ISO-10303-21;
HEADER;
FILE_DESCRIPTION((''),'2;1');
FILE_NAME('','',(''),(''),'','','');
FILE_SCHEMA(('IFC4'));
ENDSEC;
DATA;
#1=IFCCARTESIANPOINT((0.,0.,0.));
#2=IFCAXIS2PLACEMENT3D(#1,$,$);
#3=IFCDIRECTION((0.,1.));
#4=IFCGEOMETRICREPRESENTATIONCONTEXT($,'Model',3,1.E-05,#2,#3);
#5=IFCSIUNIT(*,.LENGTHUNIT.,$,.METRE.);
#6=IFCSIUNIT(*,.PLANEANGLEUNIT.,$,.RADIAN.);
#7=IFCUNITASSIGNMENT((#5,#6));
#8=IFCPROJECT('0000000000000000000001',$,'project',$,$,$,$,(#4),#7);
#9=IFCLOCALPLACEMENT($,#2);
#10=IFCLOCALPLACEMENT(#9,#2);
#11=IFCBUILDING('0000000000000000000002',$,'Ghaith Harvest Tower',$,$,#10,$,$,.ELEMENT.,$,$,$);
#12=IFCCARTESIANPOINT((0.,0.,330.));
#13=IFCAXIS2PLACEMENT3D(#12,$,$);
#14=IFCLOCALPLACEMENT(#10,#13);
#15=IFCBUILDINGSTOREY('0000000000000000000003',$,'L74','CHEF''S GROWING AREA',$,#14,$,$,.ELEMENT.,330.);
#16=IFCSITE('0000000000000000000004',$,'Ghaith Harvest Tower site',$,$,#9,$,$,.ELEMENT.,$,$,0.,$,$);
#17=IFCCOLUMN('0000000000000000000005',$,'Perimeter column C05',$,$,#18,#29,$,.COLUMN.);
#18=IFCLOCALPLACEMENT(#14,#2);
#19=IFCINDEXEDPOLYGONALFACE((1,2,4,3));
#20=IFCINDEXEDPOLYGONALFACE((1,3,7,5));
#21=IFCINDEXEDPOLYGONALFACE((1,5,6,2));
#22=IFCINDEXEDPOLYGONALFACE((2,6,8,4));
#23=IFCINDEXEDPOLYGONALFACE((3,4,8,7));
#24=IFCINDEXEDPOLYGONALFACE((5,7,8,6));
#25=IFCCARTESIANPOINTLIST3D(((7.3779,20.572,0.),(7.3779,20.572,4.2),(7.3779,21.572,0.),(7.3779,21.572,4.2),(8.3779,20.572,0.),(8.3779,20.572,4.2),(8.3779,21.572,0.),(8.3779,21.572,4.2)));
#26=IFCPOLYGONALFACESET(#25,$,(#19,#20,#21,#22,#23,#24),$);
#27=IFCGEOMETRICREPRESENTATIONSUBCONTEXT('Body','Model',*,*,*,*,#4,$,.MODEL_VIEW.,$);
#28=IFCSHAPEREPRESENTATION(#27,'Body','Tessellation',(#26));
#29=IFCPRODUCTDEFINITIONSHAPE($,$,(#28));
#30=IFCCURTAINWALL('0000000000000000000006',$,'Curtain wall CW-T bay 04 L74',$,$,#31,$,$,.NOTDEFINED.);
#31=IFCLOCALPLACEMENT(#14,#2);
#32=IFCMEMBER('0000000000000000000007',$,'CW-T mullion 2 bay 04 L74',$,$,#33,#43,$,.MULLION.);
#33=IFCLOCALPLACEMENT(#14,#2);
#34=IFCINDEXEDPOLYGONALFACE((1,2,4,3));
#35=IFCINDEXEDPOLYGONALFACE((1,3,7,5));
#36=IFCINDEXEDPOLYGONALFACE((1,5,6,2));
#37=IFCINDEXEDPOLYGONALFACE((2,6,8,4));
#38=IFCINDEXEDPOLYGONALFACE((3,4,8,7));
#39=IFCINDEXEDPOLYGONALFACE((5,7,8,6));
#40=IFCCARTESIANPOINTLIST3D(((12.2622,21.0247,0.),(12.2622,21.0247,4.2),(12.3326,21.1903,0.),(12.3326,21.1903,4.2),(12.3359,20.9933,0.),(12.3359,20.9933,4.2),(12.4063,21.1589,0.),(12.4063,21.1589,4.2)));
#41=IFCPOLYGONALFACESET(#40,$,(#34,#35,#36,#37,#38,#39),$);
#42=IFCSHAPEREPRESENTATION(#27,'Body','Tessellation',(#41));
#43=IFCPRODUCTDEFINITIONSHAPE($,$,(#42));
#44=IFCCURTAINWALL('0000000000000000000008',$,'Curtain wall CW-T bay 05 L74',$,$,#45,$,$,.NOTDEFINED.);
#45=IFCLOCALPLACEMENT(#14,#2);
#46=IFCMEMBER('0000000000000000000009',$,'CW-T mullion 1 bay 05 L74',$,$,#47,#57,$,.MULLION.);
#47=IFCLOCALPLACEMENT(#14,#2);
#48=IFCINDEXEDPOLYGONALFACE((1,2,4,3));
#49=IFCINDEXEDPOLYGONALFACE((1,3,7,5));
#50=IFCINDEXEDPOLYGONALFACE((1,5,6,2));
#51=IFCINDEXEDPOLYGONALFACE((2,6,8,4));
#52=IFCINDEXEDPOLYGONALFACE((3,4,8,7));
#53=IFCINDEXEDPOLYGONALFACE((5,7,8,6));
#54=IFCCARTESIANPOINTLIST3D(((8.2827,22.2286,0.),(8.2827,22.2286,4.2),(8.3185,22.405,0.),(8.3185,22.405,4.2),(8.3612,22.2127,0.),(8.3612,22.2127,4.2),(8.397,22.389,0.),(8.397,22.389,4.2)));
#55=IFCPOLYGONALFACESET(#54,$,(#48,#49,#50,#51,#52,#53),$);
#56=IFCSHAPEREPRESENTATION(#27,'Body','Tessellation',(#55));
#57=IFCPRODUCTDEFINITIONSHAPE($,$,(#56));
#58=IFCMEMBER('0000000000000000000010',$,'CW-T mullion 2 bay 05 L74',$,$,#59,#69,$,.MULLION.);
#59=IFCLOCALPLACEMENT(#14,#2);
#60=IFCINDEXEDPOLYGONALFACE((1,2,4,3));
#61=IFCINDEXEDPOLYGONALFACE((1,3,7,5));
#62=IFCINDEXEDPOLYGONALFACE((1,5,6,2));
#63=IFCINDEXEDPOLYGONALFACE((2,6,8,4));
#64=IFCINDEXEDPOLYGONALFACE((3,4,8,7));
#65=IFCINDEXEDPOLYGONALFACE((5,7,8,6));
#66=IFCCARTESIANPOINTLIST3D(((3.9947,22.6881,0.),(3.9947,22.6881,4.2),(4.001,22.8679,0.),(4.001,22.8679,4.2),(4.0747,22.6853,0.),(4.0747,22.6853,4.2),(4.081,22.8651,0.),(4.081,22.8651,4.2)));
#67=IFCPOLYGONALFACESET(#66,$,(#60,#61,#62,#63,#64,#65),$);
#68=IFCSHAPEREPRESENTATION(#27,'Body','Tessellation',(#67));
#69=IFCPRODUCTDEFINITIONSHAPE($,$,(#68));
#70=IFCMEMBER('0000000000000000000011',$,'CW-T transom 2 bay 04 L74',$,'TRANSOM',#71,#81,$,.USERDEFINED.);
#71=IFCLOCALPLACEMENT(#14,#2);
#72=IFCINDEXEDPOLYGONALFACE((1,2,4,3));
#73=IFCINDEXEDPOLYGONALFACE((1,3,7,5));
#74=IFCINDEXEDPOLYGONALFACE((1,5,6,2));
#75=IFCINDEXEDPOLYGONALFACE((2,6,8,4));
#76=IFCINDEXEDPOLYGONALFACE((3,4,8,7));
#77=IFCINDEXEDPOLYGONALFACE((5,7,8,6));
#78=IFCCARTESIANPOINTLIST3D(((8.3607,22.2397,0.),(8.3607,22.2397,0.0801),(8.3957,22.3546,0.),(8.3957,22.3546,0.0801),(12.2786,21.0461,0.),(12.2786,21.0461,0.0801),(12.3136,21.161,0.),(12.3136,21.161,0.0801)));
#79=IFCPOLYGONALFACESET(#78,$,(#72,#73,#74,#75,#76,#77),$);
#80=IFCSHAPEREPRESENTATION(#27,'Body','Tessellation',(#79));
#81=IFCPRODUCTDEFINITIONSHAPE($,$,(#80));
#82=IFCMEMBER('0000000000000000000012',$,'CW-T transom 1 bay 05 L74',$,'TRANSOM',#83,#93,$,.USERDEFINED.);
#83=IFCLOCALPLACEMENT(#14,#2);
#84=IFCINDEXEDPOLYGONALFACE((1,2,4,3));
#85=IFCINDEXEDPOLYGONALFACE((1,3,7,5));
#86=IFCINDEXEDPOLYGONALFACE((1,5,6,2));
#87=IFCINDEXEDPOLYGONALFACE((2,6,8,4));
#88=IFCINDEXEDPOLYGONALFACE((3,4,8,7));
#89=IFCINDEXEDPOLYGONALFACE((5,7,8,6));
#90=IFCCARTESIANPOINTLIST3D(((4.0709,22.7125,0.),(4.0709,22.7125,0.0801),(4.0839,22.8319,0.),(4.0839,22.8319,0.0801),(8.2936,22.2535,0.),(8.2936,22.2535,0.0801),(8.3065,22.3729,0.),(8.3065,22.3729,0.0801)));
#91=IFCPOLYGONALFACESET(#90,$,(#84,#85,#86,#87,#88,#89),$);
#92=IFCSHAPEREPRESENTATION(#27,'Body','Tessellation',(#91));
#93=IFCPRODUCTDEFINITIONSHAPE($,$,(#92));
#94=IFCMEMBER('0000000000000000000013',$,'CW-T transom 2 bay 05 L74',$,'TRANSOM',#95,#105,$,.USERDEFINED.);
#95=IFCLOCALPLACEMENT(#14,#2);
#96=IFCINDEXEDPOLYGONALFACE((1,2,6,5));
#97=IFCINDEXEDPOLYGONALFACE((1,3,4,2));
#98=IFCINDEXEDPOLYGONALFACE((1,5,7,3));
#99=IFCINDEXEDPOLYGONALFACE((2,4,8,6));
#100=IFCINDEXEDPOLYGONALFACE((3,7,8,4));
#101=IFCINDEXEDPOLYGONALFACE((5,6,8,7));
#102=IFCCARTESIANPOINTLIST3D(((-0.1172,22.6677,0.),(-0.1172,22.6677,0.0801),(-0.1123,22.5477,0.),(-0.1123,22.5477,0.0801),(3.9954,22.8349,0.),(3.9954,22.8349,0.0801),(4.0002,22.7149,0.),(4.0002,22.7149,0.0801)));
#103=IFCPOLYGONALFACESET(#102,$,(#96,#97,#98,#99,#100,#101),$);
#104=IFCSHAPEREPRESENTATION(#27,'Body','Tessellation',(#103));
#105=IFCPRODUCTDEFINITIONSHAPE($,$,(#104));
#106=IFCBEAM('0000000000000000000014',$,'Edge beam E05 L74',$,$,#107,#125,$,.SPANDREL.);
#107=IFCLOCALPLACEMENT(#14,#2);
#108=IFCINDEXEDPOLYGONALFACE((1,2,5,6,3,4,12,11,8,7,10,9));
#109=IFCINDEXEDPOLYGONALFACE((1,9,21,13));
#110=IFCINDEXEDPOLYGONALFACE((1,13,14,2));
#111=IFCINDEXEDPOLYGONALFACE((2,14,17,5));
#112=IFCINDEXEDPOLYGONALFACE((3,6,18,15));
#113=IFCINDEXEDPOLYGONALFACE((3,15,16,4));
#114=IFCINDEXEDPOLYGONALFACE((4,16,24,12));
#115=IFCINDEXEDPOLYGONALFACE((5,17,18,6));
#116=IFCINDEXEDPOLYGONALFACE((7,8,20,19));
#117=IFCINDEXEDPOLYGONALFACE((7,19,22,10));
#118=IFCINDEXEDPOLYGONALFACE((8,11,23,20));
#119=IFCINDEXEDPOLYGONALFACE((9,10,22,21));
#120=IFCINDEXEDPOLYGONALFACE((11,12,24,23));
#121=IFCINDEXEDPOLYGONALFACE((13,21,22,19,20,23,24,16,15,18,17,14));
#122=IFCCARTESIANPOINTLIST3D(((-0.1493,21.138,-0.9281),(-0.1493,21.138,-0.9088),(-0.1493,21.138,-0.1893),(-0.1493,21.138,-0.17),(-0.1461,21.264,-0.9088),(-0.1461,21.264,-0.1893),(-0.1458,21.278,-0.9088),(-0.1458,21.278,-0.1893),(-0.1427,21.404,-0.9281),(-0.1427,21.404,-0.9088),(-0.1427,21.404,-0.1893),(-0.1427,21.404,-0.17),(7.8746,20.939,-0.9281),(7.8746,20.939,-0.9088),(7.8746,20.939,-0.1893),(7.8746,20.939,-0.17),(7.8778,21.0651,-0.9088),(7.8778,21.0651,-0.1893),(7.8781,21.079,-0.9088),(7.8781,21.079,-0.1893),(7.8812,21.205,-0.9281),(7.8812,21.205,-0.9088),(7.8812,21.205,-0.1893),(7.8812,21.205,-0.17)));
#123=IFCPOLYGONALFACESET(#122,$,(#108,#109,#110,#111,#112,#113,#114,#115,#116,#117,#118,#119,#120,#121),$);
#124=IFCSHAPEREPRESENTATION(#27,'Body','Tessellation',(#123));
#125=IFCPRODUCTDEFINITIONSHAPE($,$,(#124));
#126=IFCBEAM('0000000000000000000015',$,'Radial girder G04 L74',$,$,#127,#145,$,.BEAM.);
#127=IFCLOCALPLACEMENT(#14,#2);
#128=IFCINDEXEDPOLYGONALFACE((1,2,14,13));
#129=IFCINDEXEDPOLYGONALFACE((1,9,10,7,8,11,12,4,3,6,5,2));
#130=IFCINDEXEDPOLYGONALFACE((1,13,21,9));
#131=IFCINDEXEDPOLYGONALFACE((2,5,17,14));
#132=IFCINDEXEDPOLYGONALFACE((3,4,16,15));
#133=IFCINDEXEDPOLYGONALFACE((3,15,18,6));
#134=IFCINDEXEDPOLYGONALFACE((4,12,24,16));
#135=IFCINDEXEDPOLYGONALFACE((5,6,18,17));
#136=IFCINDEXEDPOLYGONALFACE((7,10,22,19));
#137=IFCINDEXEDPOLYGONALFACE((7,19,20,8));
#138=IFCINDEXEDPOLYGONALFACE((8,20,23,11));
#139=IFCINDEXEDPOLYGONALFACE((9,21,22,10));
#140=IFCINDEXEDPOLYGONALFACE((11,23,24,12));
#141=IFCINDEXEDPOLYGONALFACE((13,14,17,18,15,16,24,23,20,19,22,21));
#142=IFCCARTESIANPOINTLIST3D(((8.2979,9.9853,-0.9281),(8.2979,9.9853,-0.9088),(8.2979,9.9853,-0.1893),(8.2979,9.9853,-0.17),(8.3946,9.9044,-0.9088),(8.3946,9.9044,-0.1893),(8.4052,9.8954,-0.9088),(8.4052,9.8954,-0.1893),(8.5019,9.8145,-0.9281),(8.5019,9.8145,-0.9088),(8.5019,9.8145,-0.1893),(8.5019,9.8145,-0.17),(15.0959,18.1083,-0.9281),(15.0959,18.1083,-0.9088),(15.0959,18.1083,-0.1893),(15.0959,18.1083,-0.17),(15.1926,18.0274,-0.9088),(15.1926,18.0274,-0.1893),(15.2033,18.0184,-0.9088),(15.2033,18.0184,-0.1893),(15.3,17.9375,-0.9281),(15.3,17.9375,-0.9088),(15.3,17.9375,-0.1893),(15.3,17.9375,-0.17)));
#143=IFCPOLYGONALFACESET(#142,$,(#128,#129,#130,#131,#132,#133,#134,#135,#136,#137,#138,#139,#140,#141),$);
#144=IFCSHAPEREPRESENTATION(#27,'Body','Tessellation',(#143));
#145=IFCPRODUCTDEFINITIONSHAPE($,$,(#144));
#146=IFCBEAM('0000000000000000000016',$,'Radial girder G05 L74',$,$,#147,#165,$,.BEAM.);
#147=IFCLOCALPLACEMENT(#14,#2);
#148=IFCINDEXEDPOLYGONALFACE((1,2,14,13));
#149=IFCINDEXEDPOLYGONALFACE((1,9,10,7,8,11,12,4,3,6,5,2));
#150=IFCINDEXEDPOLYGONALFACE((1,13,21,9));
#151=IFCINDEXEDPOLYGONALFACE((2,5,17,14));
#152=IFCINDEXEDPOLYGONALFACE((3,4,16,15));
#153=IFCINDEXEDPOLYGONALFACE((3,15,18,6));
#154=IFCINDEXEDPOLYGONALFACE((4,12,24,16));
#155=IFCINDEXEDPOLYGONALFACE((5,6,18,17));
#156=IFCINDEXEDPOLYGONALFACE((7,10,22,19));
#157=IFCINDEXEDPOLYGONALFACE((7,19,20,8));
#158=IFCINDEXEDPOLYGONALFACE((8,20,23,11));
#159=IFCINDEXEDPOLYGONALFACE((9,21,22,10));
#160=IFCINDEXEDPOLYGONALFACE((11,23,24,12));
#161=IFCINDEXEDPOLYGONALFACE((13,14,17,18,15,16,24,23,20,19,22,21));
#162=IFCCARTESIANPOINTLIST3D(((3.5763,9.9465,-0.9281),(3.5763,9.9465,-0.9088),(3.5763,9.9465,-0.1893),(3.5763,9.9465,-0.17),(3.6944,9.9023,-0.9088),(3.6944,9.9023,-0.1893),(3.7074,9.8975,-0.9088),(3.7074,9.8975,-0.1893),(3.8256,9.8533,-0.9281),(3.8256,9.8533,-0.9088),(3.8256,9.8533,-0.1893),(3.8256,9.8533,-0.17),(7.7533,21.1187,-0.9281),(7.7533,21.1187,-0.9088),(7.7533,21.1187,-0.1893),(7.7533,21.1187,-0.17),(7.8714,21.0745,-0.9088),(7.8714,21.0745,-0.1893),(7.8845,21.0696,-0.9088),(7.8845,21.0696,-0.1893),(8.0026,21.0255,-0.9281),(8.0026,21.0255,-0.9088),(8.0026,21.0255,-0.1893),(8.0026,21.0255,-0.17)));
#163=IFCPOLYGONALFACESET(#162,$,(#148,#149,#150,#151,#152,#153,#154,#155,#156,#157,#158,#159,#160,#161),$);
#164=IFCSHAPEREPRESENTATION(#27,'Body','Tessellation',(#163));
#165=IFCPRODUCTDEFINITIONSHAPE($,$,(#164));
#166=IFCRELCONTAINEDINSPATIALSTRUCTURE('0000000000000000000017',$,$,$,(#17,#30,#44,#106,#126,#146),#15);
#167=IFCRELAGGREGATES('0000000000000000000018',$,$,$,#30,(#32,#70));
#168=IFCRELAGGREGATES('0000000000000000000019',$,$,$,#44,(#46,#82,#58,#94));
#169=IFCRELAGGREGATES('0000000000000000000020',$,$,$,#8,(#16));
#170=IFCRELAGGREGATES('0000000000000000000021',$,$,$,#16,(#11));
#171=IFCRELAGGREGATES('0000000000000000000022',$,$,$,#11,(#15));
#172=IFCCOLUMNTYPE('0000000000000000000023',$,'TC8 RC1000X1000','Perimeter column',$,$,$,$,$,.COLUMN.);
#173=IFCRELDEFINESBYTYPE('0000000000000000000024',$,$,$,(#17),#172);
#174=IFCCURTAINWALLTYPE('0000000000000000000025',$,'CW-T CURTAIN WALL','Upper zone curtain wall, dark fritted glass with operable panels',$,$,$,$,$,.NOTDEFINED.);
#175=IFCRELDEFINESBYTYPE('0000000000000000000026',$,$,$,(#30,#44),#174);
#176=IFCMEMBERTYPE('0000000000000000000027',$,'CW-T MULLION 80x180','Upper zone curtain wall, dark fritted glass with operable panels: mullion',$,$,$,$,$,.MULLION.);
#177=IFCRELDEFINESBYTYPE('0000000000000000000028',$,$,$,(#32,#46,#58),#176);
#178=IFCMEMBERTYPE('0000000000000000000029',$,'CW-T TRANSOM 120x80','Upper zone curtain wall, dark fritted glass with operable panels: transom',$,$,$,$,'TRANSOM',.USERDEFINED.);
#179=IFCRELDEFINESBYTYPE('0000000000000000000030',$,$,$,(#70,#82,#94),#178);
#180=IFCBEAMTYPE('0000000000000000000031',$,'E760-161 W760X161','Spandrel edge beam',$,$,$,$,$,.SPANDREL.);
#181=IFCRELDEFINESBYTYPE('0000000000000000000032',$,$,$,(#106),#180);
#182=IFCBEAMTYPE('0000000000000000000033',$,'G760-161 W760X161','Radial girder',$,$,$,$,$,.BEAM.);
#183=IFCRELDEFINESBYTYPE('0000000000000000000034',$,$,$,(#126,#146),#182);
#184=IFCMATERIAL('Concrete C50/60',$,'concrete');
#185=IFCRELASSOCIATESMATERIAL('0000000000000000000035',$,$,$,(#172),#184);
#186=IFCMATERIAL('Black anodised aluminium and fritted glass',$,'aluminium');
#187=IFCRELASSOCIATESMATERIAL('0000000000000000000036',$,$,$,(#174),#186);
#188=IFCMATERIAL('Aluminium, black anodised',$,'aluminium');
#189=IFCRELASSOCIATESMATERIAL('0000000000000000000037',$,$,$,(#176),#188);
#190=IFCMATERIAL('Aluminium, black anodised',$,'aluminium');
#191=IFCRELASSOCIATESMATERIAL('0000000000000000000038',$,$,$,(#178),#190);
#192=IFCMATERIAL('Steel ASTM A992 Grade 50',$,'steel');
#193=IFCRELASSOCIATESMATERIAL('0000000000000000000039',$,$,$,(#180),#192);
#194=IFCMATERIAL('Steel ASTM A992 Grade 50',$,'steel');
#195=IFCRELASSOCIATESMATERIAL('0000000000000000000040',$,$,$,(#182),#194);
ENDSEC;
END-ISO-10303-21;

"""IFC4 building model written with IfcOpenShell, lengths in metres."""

from ifc_helpers import new_model, si_unit, direction, frame, origin, origin_2d, place, context, subcontext, project, spatial, rectangle, i_section, extrude, material, material_profile, profile_set, type_object, element, aggregate, save


model = new_model("IFC4")

# Units and contexts
model_context = context("Model", 3, precision=1e-05, world=origin(), true_north=direction((0.0, 1.0)))
body_context = subcontext(model_context, "Body", "Model", "MODEL_VIEW")
ifc_project = project(units=[si_unit("LENGTHUNIT", "METRE"), si_unit("PLANEANGLEUNIT", "RADIAN")], contexts=[model_context])

# Site, building, storey
site_placement = place(None, origin())
site = spatial("IfcSite", under=ifc_project, at=site_placement, Name="Ghaith Harvest Tower site", CompositionType="ELEMENT", RefElevation=0.0)
building_placement = place(site_placement, origin())
building = spatial("IfcBuilding", under=site, at=building_placement, Name="Ghaith Harvest Tower", CompositionType="ELEMENT")
storey_placement = place(building_placement, frame((0.0, 0.0, 330.0)))
storey = spatial("IfcBuildingStorey", under=building, at=storey_placement, Name="L74", Description="CHEF'S GROWING AREA", CompositionType="ELEMENT", Elevation=330.0)

# Column
ifc_material_1 = material(Name="Concrete C50/60", Category="concrete")
ifc_material_profile_1 = material_profile(ifc_material_1, rectangle(XDim=1.0, YDim=1.0, at=origin_2d()), Name="RC1000X1000")
ifc_profile_set_1 = profile_set([ifc_material_profile_1], Name="Concrete C50/60")
column_type = type_object("IfcColumnType", Name="TC8 RC1000X1000", Description="Perimeter column", PredefinedType="COLUMN", material=ifc_profile_set_1)
column_placement = place(storey_placement, frame((7.8779, 21.072, 0.0), z_axis=(0.0, 0.0, 1.0), x_axis=(1.0, 0.0, 0.0)))
element("IfcColumn", 1, at=column_placement, inside=storey, type_object=column_type, Name="Perimeter column C05", PredefinedType="COLUMN", context=body_context, shape_type="SweptSolid", body=[
    extrude(rectangle(XDim=1.0, YDim=1.0, at=origin_2d()), origin(), (0.0, 0.0, 1.0), 4.2),
])

# Curtain wall, member
ifc_material_2 = material(Name="Black anodised aluminium and fritted glass", Category="aluminium")
curtain_wall_type = type_object("IfcCurtainWallType", Name="CW-T CURTAIN WALL", Description="Upper zone curtain wall, dark fritted glass with operable panels", PredefinedType="NOTDEFINED", material=ifc_material_2)
curtain_wall_1_placement = place(storey_placement, origin())
curtain_wall_1 = element("IfcCurtainWall", 2, at=curtain_wall_1_placement, inside=storey, type_object=curtain_wall_type, Name="Curtain wall CW-T bay 04 L74", PredefinedType="NOTDEFINED")
ifc_material_3 = material(Name="Aluminium, black anodised", Category="aluminium")
ifc_material_profile_2 = material_profile(ifc_material_3, rectangle(XDim=0.0801, YDim=0.1799, at=origin_2d()), Name="CW-T MULLION 80x180")
ifc_profile_set_2 = profile_set([ifc_material_profile_2], Name="Aluminium, black anodised")
member_type_1 = type_object("IfcMemberType", Name="CW-T MULLION 80x180", Description="Upper zone curtain wall, dark fritted glass with operable panels: mullion", PredefinedType="MULLION", material=ifc_profile_set_2)
member_1_placement = place(storey_placement, frame((12.3342, 21.0918, 0.0), z_axis=(0.0, 0.0, 1.0), x_axis=(-0.920319, 0.391168, 0.0)))
member_1 = element("IfcMember", 3, at=member_1_placement, type_object=member_type_1, Name="CW-T mullion 2 bay 04 L74", PredefinedType="MULLION", context=body_context, shape_type="SweptSolid", body=[
    extrude(rectangle(XDim=0.0801, YDim=0.1799, at=origin_2d()), origin(), (0.0, 0.0, 1.0), 4.2),
])

# Curtain wall, members
curtain_wall_2_placement = place(storey_placement, origin())
curtain_wall_2 = element("IfcCurtainWall", 4, at=curtain_wall_2_placement, inside=storey, type_object=curtain_wall_type, Name="Curtain wall CW-T bay 05 L74", PredefinedType="NOTDEFINED")
member_2_placement = place(storey_placement, frame((8.3398, 22.3088, 0.0), z_axis=(0.0, 0.0, 1.0), x_axis=(-0.98, 0.198997, 0.0)))
member_2 = element("IfcMember", 5, at=member_2_placement, type_object=member_type_1, Name="CW-T mullion 1 bay 05 L74", PredefinedType="MULLION", context=body_context, shape_type="SweptSolid", body=[
    extrude(rectangle(XDim=0.0801, YDim=0.1799, at=origin_2d()), origin(), (0.0, 0.0, 1.0), 4.2),
])
member_3_placement = place(storey_placement, frame((4.0378, 22.7766, 0.0), z_axis=(0.0, 0.0, 1.0), x_axis=(-0.999389, 0.034962, 0.0)))
member_3 = element("IfcMember", 6, at=member_3_placement, type_object=member_type_1, Name="CW-T mullion 2 bay 05 L74", PredefinedType="MULLION", context=body_context, shape_type="SweptSolid", body=[
    extrude(rectangle(XDim=0.0801, YDim=0.1799, at=origin_2d()), origin(), (0.0, 0.0, 1.0), 4.2),
])

# Members
ifc_material_4 = material(Name="Aluminium, black anodised", Category="aluminium")
ifc_material_profile_3 = material_profile(ifc_material_4, rectangle(XDim=0.1201, YDim=0.0801, at=origin_2d()), Name="CW-T TRANSOM 120x80")
ifc_profile_set_3 = profile_set([ifc_material_profile_3], Name="Aluminium, black anodised")
member_type_2 = type_object("IfcMemberType", Name="CW-T TRANSOM 120x80", Description="Upper zone curtain wall, dark fritted glass with operable panels: transom", ElementType="TRANSOM", PredefinedType="USERDEFINED", material=ifc_profile_set_3)
member_4_placement = place(storey_placement, frame((12.2961, 21.1035, 0.04), z_axis=(-0.956594, 0.291425, 0.0), x_axis=(-0.291425, -0.956594, 0.0)))
member_4 = element("IfcMember", 7, at=member_4_placement, type_object=member_type_2, Name="CW-T transom 2 bay 04 L74", ObjectType="TRANSOM", PredefinedType="USERDEFINED", context=body_context, shape_type="SweptSolid", body=[
    extrude(rectangle(XDim=0.1201, YDim=0.0801, at=origin_2d()), origin(), (0.0, 0.0, 1.0), 4.0957),
])
member_5_placement = place(storey_placement, frame((8.3, 22.3132, 0.04), z_axis=(-0.994144, 0.108059, 0.0), x_axis=(-0.108059, -0.994144, 0.0)))
member_5 = element("IfcMember", 8, at=member_5_placement, type_object=member_type_2, Name="CW-T transom 1 bay 05 L74", ObjectType="TRANSOM", PredefinedType="USERDEFINED", context=body_context, shape_type="SweptSolid", body=[
    extrude(rectangle(XDim=0.1201, YDim=0.0801, at=origin_2d()), origin(), (0.0, 0.0, 1.0), 4.2476),
])
member_6_placement = place(storey_placement, frame((3.9978, 22.7749, 0.04), z_axis=(-0.999174, -0.040631, 0.0), x_axis=(0.040631, -0.999174, 0.0)))
member_6 = element("IfcMember", 9, at=member_6_placement, type_object=member_type_2, Name="CW-T transom 2 bay 05 L74", ObjectType="TRANSOM", PredefinedType="USERDEFINED", context=body_context, shape_type="SweptSolid", body=[
    extrude(rectangle(XDim=0.1201, YDim=0.0801, at=origin_2d()), origin(), (0.0, 0.0, 1.0), 4.116),
])

# Beams
ifc_material_5 = material(Name="Steel ASTM A992 Grade 50", Category="steel")
ifc_material_profile_4 = material_profile(ifc_material_5, i_section(OverallWidth=0.2661, OverallDepth=0.7581, WebThickness=0.0139, FlangeThickness=0.0193, at=origin_2d()), Name="W760X161")
ifc_profile_set_4 = profile_set([ifc_material_profile_4], Name="Steel ASTM A992 Grade 50")
beam_type_1 = type_object("IfcBeamType", Name="E760-161 W760X161", Description="Spandrel edge beam", PredefinedType="SPANDREL", material=ifc_profile_set_4)
beam_1_placement = place(storey_placement, frame((7.8779, 21.072, -0.5491), z_axis=(-0.999693, 0.02479, 0.0), x_axis=(-0.02479, -0.999693, 0.0)))
element("IfcBeam", 10, at=beam_1_placement, inside=storey, type_object=beam_type_1, Name="Edge beam E05 L74", PredefinedType="SPANDREL", context=body_context, shape_type="SweptSolid", body=[
    extrude(i_section(OverallWidth=0.2661, OverallDepth=0.7581, WebThickness=0.0139, FlangeThickness=0.0193, at=origin_2d()), origin(), (0.0, 0.0, 1.0), 8.0264),
])
ifc_material_6 = material(Name="Steel ASTM A992 Grade 50", Category="steel")
ifc_material_profile_5 = material_profile(ifc_material_6, i_section(OverallWidth=0.2661, OverallDepth=0.7581, WebThickness=0.0139, FlangeThickness=0.0193, at=origin_2d()), Name="W760X161")
ifc_profile_set_5 = profile_set([ifc_material_profile_5], Name="Steel ASTM A992 Grade 50")
beam_type_2 = type_object("IfcBeamType", Name="G760-161 W760X161", Description="Radial girder", PredefinedType="BEAM", material=ifc_profile_set_5)
beam_2_placement = place(storey_placement, frame((8.3999, 9.8999, -0.5491), z_axis=(0.641793, 0.766878, 0.0), x_axis=(-0.766878, 0.641793, 0.0)))
element("IfcBeam", 11, at=beam_2_placement, inside=storey, type_object=beam_type_2, Name="Radial girder G04 L74", PredefinedType="BEAM", context=body_context, shape_type="SweptSolid", body=[
    extrude(i_section(OverallWidth=0.2661, OverallDepth=0.7581, WebThickness=0.0139, FlangeThickness=0.0193, at=origin_2d()), origin(), (0.0, 0.0, 1.0), 10.5923),
])
beam_3_placement = place(storey_placement, frame((3.7009, 9.8999, -0.5491), z_axis=(0.350201, 0.936674, 0.0), x_axis=(-0.936674, 0.350201, 0.0)))
element("IfcBeam", 12, at=beam_3_placement, inside=storey, type_object=beam_type_2, Name="Radial girder G05 L74", PredefinedType="BEAM", context=body_context, shape_type="SweptSolid", body=[
    extrude(i_section(OverallWidth=0.2661, OverallDepth=0.7581, WebThickness=0.0139, FlangeThickness=0.0193, at=origin_2d()), origin(), (0.0, 0.0, 1.0), 11.9275),
])

aggregate(curtain_wall_1, [member_1, member_4])
aggregate(curtain_wall_2, [member_2, member_5, member_3, member_6])

save(model, "model.ifc")
